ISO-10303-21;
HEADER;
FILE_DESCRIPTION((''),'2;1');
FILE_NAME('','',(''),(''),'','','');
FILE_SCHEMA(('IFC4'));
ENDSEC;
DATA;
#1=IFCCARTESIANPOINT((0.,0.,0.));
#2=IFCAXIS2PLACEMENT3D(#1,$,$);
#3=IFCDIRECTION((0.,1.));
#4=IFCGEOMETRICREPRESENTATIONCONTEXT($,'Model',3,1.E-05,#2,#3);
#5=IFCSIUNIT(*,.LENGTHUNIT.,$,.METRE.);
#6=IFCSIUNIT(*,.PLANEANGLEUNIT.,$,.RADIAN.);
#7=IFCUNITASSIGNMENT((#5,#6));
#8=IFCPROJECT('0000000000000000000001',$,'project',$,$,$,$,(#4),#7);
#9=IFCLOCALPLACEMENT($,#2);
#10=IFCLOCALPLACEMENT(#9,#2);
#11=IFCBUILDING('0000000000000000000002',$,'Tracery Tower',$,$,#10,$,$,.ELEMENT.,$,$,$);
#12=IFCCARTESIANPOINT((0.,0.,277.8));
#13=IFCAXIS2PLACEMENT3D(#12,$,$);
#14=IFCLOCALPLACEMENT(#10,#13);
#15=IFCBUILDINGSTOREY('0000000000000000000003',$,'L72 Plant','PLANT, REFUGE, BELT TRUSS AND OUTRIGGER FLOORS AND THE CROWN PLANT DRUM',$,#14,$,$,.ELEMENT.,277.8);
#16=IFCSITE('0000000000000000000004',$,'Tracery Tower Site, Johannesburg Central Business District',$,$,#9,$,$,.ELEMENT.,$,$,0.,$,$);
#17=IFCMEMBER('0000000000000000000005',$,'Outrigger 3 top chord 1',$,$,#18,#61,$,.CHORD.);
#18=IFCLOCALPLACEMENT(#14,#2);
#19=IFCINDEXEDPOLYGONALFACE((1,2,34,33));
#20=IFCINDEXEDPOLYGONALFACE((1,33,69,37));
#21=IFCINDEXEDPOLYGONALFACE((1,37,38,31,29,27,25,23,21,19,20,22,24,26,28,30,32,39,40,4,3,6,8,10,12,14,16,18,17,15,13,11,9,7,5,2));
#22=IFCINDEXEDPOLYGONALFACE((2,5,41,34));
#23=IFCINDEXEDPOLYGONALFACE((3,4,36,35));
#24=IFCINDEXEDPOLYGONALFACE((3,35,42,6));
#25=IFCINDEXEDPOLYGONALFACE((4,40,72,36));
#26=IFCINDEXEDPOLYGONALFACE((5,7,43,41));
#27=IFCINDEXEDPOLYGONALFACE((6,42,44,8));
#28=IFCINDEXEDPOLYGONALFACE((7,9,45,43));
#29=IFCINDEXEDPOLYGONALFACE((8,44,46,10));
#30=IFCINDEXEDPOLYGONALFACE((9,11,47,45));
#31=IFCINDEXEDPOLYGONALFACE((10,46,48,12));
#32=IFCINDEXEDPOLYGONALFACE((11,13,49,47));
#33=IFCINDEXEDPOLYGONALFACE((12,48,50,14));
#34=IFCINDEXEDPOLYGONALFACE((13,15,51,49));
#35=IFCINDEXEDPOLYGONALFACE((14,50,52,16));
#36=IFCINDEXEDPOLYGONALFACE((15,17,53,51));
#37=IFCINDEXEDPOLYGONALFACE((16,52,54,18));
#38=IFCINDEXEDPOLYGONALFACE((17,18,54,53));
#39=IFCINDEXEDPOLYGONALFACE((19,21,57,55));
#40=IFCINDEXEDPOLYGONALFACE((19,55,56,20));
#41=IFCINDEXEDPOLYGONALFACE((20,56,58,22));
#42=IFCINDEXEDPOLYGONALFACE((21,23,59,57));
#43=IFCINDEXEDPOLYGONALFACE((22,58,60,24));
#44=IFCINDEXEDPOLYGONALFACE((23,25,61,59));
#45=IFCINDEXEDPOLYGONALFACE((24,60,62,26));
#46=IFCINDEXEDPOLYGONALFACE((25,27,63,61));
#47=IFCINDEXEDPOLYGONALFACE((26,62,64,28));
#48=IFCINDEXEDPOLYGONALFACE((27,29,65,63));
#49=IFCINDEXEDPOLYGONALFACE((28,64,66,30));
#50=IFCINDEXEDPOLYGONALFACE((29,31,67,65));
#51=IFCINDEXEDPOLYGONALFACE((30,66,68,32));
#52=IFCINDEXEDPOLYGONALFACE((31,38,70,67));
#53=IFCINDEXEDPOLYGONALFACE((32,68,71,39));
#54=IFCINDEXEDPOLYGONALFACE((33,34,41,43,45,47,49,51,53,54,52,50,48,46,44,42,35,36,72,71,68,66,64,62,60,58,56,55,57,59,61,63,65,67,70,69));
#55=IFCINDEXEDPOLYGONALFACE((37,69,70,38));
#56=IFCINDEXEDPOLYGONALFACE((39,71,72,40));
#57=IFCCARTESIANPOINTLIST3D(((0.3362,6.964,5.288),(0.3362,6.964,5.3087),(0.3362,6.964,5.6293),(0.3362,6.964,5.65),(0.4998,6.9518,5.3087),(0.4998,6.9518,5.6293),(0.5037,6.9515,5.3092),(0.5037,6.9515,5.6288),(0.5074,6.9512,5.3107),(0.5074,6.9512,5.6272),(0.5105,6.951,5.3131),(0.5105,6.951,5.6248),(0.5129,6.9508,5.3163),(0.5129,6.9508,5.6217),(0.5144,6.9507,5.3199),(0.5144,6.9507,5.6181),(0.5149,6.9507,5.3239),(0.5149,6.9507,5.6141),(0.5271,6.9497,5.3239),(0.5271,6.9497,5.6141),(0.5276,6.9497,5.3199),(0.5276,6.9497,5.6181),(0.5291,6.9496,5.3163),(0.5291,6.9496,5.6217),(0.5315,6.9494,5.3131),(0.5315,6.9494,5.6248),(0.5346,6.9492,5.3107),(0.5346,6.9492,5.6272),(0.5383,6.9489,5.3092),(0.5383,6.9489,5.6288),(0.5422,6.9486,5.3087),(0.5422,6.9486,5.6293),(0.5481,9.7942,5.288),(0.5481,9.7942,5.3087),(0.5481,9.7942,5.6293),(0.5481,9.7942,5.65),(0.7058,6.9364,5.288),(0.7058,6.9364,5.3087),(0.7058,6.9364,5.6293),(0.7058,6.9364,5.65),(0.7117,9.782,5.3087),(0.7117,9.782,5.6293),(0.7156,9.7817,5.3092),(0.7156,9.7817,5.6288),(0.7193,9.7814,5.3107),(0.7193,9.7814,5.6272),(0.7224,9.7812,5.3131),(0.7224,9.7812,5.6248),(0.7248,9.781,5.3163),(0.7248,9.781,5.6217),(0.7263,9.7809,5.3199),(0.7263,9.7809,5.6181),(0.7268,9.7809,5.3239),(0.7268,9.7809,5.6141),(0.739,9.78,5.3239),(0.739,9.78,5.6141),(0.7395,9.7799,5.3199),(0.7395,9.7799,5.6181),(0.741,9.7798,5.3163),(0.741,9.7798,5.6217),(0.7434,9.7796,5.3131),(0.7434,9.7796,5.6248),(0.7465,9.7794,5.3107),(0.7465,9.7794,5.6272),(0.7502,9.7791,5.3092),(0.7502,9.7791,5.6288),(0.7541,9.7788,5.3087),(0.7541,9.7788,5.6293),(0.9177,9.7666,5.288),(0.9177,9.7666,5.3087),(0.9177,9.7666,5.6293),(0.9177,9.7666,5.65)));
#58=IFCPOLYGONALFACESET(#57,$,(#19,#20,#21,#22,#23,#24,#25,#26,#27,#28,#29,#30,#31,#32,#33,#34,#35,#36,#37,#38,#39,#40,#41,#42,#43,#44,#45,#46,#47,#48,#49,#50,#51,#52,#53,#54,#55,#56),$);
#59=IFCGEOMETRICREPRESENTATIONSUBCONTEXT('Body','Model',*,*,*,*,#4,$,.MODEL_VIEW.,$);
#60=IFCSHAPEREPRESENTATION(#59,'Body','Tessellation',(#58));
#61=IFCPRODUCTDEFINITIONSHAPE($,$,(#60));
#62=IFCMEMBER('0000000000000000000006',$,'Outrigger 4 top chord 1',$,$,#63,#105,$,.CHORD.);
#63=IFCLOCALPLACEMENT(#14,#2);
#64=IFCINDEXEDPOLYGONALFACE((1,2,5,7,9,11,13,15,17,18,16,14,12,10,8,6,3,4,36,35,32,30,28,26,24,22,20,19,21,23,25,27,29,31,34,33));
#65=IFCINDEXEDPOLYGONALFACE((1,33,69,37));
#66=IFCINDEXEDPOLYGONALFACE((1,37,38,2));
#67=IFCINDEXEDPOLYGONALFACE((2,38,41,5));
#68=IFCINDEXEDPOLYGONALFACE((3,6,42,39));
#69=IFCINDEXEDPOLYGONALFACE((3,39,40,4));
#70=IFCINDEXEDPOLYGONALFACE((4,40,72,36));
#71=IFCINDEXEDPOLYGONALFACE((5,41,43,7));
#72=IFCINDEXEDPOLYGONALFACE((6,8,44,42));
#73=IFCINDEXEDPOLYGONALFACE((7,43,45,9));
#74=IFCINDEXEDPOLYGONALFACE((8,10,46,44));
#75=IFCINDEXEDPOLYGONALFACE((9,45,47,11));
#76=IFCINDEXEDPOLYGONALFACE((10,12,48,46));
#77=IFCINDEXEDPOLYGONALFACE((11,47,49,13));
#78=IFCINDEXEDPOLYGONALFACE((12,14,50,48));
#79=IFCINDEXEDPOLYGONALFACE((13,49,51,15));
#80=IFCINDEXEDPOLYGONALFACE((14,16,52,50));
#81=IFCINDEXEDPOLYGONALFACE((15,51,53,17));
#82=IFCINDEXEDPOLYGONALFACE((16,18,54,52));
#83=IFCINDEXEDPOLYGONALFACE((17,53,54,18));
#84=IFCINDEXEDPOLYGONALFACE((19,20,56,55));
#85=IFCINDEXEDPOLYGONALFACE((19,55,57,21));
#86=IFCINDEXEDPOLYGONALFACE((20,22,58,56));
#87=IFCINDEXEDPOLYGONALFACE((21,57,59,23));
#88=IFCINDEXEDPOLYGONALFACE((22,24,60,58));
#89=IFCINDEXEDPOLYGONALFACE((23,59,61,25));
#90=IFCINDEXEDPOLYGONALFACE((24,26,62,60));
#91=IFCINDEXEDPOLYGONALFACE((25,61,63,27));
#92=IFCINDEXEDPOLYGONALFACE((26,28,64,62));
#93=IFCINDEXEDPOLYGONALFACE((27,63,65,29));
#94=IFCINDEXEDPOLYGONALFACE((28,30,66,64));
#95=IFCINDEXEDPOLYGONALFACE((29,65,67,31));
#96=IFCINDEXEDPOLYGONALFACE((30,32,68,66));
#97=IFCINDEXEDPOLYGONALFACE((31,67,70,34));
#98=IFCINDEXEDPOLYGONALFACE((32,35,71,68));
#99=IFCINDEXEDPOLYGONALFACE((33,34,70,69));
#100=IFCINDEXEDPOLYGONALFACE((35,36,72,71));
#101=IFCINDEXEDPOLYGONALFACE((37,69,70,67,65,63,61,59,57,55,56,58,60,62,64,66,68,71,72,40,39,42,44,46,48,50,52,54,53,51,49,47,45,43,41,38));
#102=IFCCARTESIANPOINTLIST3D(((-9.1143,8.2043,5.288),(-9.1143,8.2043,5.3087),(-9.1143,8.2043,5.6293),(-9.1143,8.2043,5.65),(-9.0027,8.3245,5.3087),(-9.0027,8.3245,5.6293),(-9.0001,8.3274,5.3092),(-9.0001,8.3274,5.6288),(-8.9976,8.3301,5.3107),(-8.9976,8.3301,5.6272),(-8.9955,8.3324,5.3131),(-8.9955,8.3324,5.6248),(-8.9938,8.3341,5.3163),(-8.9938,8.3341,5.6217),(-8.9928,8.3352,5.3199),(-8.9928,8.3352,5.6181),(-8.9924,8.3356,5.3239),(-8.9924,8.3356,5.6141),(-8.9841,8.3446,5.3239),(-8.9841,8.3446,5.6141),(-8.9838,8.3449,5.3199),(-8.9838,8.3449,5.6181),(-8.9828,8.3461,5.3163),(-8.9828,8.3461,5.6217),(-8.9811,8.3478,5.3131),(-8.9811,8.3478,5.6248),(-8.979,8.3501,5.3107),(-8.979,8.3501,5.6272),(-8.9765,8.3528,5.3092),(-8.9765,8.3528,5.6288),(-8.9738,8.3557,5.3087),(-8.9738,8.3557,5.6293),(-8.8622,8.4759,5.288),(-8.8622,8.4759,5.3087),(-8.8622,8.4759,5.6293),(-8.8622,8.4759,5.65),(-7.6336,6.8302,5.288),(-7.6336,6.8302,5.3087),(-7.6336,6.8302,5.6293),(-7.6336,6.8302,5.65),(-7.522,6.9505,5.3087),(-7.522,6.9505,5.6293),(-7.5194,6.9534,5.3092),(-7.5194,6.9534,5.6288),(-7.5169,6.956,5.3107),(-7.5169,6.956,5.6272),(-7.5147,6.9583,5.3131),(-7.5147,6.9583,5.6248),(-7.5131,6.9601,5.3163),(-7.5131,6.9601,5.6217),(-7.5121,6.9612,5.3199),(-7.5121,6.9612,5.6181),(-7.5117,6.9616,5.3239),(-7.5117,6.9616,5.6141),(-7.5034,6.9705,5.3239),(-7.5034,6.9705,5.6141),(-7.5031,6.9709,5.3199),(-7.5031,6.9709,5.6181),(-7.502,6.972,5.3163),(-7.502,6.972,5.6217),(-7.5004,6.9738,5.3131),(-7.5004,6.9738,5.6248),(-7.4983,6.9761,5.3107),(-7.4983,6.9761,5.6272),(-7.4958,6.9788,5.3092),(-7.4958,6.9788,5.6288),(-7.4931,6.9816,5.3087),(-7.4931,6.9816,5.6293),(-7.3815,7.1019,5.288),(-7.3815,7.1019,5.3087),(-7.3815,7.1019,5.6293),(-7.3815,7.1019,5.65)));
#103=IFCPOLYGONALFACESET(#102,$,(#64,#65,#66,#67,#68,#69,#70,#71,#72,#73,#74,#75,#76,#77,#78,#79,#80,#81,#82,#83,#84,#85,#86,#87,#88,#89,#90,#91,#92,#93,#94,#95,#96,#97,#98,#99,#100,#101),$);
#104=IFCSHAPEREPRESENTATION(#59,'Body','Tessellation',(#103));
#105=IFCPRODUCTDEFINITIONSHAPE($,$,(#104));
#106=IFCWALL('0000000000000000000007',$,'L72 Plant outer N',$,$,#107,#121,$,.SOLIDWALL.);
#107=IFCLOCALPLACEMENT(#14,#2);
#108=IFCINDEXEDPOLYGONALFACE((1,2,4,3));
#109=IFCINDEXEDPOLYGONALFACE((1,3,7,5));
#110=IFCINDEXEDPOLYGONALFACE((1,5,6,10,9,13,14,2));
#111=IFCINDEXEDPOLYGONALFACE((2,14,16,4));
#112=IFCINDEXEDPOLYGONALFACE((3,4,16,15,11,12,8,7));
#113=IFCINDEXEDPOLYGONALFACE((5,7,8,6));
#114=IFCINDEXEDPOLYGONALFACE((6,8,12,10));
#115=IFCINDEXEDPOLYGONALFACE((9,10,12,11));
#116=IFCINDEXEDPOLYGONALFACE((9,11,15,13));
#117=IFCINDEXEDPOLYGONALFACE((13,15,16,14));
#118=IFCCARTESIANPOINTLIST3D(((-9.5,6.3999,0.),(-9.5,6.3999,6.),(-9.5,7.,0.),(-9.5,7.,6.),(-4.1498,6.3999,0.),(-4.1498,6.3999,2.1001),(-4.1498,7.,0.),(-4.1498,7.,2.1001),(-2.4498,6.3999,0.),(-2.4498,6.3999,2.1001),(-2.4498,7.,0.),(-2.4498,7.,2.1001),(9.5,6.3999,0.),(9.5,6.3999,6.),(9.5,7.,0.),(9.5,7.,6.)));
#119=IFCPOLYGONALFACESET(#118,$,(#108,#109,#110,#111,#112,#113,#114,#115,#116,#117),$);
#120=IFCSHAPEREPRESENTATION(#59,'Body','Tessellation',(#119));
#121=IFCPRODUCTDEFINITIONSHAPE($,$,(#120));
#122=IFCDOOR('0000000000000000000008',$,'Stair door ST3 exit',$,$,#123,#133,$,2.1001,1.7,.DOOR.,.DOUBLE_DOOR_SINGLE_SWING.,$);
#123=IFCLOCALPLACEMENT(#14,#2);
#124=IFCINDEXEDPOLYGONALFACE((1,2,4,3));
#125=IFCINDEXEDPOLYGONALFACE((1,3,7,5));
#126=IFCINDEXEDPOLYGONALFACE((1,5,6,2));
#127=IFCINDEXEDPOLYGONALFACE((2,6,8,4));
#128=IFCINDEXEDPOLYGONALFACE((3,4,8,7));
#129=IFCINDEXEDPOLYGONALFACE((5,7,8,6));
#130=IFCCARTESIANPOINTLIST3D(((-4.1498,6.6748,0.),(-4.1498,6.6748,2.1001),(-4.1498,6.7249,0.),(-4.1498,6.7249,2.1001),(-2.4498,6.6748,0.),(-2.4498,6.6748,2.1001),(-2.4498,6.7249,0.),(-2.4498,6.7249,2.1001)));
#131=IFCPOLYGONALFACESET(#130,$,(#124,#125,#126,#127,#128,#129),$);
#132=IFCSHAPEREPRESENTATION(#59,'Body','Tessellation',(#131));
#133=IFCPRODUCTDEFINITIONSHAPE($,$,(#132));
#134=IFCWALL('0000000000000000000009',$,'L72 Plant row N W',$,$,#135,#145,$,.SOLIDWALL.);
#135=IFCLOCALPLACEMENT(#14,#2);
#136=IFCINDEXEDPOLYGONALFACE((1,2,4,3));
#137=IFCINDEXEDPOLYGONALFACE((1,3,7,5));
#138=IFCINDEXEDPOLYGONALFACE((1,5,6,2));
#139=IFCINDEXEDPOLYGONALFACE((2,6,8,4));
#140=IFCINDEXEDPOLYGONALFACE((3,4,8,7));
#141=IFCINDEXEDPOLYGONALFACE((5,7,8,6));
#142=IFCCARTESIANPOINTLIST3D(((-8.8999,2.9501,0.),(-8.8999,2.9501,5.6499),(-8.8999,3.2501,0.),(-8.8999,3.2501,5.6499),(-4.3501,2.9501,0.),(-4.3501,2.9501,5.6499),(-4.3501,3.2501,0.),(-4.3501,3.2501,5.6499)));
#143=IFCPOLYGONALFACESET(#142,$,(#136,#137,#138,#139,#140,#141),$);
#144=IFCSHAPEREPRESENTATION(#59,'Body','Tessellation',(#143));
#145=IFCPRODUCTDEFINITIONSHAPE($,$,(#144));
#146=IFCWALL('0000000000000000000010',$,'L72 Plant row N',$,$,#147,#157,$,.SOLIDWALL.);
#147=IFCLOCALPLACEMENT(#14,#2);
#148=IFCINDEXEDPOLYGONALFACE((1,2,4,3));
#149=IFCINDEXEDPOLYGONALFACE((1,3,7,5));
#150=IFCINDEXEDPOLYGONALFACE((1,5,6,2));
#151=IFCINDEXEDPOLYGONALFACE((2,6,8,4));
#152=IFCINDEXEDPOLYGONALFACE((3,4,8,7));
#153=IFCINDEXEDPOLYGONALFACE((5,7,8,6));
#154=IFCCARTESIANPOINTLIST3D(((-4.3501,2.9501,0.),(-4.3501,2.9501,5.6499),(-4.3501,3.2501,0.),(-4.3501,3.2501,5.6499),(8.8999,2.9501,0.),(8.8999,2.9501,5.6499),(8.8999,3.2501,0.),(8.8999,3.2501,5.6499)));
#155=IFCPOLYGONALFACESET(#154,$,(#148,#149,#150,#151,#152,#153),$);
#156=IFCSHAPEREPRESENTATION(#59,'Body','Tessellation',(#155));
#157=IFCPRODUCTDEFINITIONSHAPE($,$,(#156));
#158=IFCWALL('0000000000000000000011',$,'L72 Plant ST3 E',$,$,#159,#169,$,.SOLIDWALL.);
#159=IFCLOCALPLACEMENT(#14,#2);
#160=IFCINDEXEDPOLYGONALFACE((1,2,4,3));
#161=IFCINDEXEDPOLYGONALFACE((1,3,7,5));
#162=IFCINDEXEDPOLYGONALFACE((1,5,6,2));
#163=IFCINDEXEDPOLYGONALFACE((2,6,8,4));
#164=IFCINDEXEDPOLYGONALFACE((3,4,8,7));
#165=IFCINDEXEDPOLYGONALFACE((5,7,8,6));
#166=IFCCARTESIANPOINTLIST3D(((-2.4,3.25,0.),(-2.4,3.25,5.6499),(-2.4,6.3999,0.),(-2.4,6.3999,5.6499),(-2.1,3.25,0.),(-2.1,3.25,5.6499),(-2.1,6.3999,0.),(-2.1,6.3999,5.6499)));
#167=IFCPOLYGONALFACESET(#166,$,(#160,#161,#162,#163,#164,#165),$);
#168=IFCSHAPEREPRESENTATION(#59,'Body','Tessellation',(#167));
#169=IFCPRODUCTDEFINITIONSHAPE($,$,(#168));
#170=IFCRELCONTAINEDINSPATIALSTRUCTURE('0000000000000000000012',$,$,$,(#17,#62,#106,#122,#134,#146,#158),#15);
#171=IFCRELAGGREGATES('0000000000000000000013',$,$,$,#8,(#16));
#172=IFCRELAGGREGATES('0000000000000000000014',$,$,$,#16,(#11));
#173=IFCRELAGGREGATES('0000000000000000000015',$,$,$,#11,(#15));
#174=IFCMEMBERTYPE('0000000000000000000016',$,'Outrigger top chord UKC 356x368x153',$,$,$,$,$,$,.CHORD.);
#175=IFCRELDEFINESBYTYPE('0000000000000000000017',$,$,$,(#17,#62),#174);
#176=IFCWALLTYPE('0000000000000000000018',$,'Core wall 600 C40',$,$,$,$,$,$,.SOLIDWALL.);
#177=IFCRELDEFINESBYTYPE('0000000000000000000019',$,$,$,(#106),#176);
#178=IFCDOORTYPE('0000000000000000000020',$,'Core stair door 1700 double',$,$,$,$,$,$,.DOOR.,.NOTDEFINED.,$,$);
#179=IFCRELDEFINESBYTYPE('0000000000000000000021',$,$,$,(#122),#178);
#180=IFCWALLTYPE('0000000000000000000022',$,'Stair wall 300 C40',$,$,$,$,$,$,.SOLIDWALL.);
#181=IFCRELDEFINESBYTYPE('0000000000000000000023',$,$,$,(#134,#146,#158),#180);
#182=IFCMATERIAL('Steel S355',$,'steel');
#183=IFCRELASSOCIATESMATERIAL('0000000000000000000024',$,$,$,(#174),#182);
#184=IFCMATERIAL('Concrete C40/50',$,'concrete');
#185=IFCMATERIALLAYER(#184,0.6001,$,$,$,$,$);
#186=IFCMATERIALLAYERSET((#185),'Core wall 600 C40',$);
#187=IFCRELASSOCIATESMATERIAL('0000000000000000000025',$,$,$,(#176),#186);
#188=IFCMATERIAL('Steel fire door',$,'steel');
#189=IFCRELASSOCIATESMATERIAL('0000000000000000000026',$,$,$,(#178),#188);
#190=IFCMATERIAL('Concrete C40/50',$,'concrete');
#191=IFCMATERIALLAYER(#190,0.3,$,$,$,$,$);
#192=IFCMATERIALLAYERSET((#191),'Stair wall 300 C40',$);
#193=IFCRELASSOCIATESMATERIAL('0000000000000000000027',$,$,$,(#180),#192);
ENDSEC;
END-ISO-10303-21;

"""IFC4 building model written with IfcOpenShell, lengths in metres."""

from ifc_helpers import new_model, si_unit, direction, frame, frame_2d, origin, origin_2d, place, context, subcontext, project, spatial, rectangle, i_section, extrude, material, layer, layer_set, material_profile, profile_set, type_object, element, fill, save


model = new_model("IFC4")

# Units and contexts
model_context = context("Model", 3, precision=1e-05, world=origin(), true_north=direction((0.0, 1.0)))
body_context = subcontext(model_context, "Body", "Model", "MODEL_VIEW")
ifc_project = project(units=[si_unit("LENGTHUNIT", "METRE"), si_unit("PLANEANGLEUNIT", "RADIAN")], contexts=[model_context])

# Site, building, storey
site_placement = place(None, origin())
site = spatial("IfcSite", under=ifc_project, at=site_placement, Name="Tracery Tower Site, Johannesburg Central Business District", CompositionType="ELEMENT", RefElevation=0.0)
building_placement = place(site_placement, origin())
building = spatial("IfcBuilding", under=site, at=building_placement, Name="Tracery Tower", CompositionType="ELEMENT")
storey_placement = place(building_placement, frame((0.0, 0.0, 277.8)))
storey = spatial("IfcBuildingStorey", under=building, at=storey_placement, Name="L72 Plant", Description="PLANT, REFUGE, BELT TRUSS AND OUTRIGGER FLOORS AND THE CROWN PLANT DRUM", CompositionType="ELEMENT", Elevation=277.8)

# Members
ifc_material_1 = material(Name="Steel S355", Category="steel")
ifc_material_profile_1 = material_profile(ifc_material_1, i_section(OverallWidth=0.3706, OverallDepth=0.3621, WebThickness=0.0122, FlangeThickness=0.0208, FilletRadius=0.0151, at=origin_2d()), Name="UKC 356x368x153")
ifc_profile_set_1 = profile_set([ifc_material_profile_1], Name="Steel S355")
member_type_1 = type_object("IfcMemberType", Name="Outrigger top chord UKC 356x368x153", PredefinedType="CHORD", material=ifc_profile_set_1)
member_1_placement = place(storey_placement, frame((0.521, 6.9502, 5.469), z_axis=(0.074664, 0.997209, 0.0), x_axis=(-0.997209, 0.074664, 0.0)))
element("IfcMember", 1, at=member_1_placement, inside=storey, type_object=member_type_1, Name="Outrigger 3 top chord 1", PredefinedType="CHORD", context=body_context, shape_type="SweptSolid", body=[
    extrude(i_section(OverallWidth=0.3706, OverallDepth=0.3621, WebThickness=0.0122, FlangeThickness=0.0208, FilletRadius=0.0151, at=origin_2d()), origin(), (0.0, 0.0, 1.0), 2.8381),
])
member_2_placement = place(storey_placement, frame((-7.5076, 6.9661, 5.469), z_axis=(-0.733022, 0.680205, 0.0), x_axis=(-0.680205, -0.733022, 0.0)))
element("IfcMember", 2, at=member_2_placement, inside=storey, type_object=member_type_1, Name="Outrigger 4 top chord 1", PredefinedType="CHORD", context=body_context, shape_type="SweptSolid", body=[
    extrude(i_section(OverallWidth=0.3706, OverallDepth=0.3621, WebThickness=0.0122, FlangeThickness=0.0208, FilletRadius=0.0151, at=origin_2d()), origin(), (0.0, 0.0, 1.0), 2.02),
])

# Wall, opening, door
ifc_material_2 = material(Name="Concrete C40/50", Category="concrete")
ifc_layer_1 = layer(ifc_material_2, 0.6001)
ifc_layer_set_1 = layer_set([ifc_layer_1], Name="Core wall 600 C40")
wall_type_1 = type_object("IfcWallType", Name="Core wall 600 C40", PredefinedType="SOLIDWALL", material=ifc_layer_set_1)
wall_1_placement = place(storey_placement, frame((-9.5, 6.7, 0.0), z_axis=(0.0, 0.0, 1.0), x_axis=(1.0, 0.0, 0.0)))
wall_1 = element("IfcWall", 3, at=wall_1_placement, inside=storey, type_object=wall_type_1, Name="L72 Plant outer N", PredefinedType="SOLIDWALL", context=body_context, shape_type="SweptSolid", body=[
    extrude(rectangle(XDim=19.0, YDim=0.6001, at=frame_2d((9.5, 0.0))), origin(), (0.0, 0.0, 1.0), 6.0),
])
opening_placement = place(wall_1_placement, frame((5.3501, 0.0, 0.0)))
opening = element("IfcOpeningElement", 4, at=opening_placement, cuts=wall_1, PredefinedType="OPENING", context=body_context, shape_type="SweptSolid", body=[
    extrude(rectangle(XDim=1.7, YDim=2.1001, at=frame_2d((0.8501, 1.05))), frame((0.0, 0.3, 0.0), z_axis=(0.0, -1.0, 0.0), x_axis=(1.0, 0.0, 0.0)), (0.0, 0.0, 1.0), 0.6001),
])
ifc_material_3 = material(Name="Steel fire door", Category="steel")
door_type = type_object("IfcDoorType", Name="Core stair door 1700 double", OperationType="NOTDEFINED", PredefinedType="DOOR", material=ifc_material_3)
door_placement = place(opening_placement, origin())
door = element("IfcDoor", 5, at=door_placement, inside=storey, type_object=door_type, Name="Stair door ST3 exit", OperationType="DOUBLE_DOOR_SINGLE_SWING", OverallHeight=2.1001, OverallWidth=1.7, PredefinedType="DOOR", context=body_context, shape_type="SweptSolid", body=[
    extrude(rectangle(XDim=1.7, YDim=2.1001, at=frame_2d((0.8501, 1.05))), frame((0.0, 0.0249, 0.0), z_axis=(0.0, -1.0, 0.0), x_axis=(1.0, 0.0, 0.0)), (0.0, 0.0, 1.0), 0.05),
])
fill(opening, door)

# Walls
ifc_material_4 = material(Name="Concrete C40/50", Category="concrete")
ifc_layer_2 = layer(ifc_material_4, 0.3)
ifc_layer_set_2 = layer_set([ifc_layer_2], Name="Stair wall 300 C40")
wall_type_2 = type_object("IfcWallType", Name="Stair wall 300 C40", PredefinedType="SOLIDWALL", material=ifc_layer_set_2)
wall_2_placement = place(storey_placement, frame((-8.8999, 3.1001, 0.0), z_axis=(0.0, 0.0, 1.0), x_axis=(1.0, 0.0, 0.0)))
element("IfcWall", 6, at=wall_2_placement, inside=storey, type_object=wall_type_2, Name="L72 Plant row N W", PredefinedType="SOLIDWALL", context=body_context, shape_type="SweptSolid", body=[
    extrude(rectangle(XDim=4.5498, YDim=0.3, at=frame_2d((2.2749, 0.0))), origin(), (0.0, 0.0, 1.0), 5.6499),
])
wall_3_placement = place(storey_placement, frame((-4.3501, 3.1001, 0.0), z_axis=(0.0, 0.0, 1.0), x_axis=(1.0, 0.0, 0.0)))
element("IfcWall", 7, at=wall_3_placement, inside=storey, type_object=wall_type_2, Name="L72 Plant row N", PredefinedType="SOLIDWALL", context=body_context, shape_type="SweptSolid", body=[
    extrude(rectangle(XDim=13.25, YDim=0.3, at=frame_2d((6.625, 0.0))), origin(), (0.0, 0.0, 1.0), 5.6499),
])
wall_4_placement = place(storey_placement, frame((-2.25, 3.25, 0.0), z_axis=(0.0, 0.0, 1.0), x_axis=(0.0, 1.0, 0.0)))
element("IfcWall", 8, at=wall_4_placement, inside=storey, type_object=wall_type_2, Name="L72 Plant ST3 E", PredefinedType="SOLIDWALL", context=body_context, shape_type="SweptSolid", body=[
    extrude(rectangle(XDim=3.1499, YDim=0.3, at=frame_2d((1.575, 0.0))), origin(), (0.0, 0.0, 1.0), 5.6499),
])

save(model, "model.ifc")
